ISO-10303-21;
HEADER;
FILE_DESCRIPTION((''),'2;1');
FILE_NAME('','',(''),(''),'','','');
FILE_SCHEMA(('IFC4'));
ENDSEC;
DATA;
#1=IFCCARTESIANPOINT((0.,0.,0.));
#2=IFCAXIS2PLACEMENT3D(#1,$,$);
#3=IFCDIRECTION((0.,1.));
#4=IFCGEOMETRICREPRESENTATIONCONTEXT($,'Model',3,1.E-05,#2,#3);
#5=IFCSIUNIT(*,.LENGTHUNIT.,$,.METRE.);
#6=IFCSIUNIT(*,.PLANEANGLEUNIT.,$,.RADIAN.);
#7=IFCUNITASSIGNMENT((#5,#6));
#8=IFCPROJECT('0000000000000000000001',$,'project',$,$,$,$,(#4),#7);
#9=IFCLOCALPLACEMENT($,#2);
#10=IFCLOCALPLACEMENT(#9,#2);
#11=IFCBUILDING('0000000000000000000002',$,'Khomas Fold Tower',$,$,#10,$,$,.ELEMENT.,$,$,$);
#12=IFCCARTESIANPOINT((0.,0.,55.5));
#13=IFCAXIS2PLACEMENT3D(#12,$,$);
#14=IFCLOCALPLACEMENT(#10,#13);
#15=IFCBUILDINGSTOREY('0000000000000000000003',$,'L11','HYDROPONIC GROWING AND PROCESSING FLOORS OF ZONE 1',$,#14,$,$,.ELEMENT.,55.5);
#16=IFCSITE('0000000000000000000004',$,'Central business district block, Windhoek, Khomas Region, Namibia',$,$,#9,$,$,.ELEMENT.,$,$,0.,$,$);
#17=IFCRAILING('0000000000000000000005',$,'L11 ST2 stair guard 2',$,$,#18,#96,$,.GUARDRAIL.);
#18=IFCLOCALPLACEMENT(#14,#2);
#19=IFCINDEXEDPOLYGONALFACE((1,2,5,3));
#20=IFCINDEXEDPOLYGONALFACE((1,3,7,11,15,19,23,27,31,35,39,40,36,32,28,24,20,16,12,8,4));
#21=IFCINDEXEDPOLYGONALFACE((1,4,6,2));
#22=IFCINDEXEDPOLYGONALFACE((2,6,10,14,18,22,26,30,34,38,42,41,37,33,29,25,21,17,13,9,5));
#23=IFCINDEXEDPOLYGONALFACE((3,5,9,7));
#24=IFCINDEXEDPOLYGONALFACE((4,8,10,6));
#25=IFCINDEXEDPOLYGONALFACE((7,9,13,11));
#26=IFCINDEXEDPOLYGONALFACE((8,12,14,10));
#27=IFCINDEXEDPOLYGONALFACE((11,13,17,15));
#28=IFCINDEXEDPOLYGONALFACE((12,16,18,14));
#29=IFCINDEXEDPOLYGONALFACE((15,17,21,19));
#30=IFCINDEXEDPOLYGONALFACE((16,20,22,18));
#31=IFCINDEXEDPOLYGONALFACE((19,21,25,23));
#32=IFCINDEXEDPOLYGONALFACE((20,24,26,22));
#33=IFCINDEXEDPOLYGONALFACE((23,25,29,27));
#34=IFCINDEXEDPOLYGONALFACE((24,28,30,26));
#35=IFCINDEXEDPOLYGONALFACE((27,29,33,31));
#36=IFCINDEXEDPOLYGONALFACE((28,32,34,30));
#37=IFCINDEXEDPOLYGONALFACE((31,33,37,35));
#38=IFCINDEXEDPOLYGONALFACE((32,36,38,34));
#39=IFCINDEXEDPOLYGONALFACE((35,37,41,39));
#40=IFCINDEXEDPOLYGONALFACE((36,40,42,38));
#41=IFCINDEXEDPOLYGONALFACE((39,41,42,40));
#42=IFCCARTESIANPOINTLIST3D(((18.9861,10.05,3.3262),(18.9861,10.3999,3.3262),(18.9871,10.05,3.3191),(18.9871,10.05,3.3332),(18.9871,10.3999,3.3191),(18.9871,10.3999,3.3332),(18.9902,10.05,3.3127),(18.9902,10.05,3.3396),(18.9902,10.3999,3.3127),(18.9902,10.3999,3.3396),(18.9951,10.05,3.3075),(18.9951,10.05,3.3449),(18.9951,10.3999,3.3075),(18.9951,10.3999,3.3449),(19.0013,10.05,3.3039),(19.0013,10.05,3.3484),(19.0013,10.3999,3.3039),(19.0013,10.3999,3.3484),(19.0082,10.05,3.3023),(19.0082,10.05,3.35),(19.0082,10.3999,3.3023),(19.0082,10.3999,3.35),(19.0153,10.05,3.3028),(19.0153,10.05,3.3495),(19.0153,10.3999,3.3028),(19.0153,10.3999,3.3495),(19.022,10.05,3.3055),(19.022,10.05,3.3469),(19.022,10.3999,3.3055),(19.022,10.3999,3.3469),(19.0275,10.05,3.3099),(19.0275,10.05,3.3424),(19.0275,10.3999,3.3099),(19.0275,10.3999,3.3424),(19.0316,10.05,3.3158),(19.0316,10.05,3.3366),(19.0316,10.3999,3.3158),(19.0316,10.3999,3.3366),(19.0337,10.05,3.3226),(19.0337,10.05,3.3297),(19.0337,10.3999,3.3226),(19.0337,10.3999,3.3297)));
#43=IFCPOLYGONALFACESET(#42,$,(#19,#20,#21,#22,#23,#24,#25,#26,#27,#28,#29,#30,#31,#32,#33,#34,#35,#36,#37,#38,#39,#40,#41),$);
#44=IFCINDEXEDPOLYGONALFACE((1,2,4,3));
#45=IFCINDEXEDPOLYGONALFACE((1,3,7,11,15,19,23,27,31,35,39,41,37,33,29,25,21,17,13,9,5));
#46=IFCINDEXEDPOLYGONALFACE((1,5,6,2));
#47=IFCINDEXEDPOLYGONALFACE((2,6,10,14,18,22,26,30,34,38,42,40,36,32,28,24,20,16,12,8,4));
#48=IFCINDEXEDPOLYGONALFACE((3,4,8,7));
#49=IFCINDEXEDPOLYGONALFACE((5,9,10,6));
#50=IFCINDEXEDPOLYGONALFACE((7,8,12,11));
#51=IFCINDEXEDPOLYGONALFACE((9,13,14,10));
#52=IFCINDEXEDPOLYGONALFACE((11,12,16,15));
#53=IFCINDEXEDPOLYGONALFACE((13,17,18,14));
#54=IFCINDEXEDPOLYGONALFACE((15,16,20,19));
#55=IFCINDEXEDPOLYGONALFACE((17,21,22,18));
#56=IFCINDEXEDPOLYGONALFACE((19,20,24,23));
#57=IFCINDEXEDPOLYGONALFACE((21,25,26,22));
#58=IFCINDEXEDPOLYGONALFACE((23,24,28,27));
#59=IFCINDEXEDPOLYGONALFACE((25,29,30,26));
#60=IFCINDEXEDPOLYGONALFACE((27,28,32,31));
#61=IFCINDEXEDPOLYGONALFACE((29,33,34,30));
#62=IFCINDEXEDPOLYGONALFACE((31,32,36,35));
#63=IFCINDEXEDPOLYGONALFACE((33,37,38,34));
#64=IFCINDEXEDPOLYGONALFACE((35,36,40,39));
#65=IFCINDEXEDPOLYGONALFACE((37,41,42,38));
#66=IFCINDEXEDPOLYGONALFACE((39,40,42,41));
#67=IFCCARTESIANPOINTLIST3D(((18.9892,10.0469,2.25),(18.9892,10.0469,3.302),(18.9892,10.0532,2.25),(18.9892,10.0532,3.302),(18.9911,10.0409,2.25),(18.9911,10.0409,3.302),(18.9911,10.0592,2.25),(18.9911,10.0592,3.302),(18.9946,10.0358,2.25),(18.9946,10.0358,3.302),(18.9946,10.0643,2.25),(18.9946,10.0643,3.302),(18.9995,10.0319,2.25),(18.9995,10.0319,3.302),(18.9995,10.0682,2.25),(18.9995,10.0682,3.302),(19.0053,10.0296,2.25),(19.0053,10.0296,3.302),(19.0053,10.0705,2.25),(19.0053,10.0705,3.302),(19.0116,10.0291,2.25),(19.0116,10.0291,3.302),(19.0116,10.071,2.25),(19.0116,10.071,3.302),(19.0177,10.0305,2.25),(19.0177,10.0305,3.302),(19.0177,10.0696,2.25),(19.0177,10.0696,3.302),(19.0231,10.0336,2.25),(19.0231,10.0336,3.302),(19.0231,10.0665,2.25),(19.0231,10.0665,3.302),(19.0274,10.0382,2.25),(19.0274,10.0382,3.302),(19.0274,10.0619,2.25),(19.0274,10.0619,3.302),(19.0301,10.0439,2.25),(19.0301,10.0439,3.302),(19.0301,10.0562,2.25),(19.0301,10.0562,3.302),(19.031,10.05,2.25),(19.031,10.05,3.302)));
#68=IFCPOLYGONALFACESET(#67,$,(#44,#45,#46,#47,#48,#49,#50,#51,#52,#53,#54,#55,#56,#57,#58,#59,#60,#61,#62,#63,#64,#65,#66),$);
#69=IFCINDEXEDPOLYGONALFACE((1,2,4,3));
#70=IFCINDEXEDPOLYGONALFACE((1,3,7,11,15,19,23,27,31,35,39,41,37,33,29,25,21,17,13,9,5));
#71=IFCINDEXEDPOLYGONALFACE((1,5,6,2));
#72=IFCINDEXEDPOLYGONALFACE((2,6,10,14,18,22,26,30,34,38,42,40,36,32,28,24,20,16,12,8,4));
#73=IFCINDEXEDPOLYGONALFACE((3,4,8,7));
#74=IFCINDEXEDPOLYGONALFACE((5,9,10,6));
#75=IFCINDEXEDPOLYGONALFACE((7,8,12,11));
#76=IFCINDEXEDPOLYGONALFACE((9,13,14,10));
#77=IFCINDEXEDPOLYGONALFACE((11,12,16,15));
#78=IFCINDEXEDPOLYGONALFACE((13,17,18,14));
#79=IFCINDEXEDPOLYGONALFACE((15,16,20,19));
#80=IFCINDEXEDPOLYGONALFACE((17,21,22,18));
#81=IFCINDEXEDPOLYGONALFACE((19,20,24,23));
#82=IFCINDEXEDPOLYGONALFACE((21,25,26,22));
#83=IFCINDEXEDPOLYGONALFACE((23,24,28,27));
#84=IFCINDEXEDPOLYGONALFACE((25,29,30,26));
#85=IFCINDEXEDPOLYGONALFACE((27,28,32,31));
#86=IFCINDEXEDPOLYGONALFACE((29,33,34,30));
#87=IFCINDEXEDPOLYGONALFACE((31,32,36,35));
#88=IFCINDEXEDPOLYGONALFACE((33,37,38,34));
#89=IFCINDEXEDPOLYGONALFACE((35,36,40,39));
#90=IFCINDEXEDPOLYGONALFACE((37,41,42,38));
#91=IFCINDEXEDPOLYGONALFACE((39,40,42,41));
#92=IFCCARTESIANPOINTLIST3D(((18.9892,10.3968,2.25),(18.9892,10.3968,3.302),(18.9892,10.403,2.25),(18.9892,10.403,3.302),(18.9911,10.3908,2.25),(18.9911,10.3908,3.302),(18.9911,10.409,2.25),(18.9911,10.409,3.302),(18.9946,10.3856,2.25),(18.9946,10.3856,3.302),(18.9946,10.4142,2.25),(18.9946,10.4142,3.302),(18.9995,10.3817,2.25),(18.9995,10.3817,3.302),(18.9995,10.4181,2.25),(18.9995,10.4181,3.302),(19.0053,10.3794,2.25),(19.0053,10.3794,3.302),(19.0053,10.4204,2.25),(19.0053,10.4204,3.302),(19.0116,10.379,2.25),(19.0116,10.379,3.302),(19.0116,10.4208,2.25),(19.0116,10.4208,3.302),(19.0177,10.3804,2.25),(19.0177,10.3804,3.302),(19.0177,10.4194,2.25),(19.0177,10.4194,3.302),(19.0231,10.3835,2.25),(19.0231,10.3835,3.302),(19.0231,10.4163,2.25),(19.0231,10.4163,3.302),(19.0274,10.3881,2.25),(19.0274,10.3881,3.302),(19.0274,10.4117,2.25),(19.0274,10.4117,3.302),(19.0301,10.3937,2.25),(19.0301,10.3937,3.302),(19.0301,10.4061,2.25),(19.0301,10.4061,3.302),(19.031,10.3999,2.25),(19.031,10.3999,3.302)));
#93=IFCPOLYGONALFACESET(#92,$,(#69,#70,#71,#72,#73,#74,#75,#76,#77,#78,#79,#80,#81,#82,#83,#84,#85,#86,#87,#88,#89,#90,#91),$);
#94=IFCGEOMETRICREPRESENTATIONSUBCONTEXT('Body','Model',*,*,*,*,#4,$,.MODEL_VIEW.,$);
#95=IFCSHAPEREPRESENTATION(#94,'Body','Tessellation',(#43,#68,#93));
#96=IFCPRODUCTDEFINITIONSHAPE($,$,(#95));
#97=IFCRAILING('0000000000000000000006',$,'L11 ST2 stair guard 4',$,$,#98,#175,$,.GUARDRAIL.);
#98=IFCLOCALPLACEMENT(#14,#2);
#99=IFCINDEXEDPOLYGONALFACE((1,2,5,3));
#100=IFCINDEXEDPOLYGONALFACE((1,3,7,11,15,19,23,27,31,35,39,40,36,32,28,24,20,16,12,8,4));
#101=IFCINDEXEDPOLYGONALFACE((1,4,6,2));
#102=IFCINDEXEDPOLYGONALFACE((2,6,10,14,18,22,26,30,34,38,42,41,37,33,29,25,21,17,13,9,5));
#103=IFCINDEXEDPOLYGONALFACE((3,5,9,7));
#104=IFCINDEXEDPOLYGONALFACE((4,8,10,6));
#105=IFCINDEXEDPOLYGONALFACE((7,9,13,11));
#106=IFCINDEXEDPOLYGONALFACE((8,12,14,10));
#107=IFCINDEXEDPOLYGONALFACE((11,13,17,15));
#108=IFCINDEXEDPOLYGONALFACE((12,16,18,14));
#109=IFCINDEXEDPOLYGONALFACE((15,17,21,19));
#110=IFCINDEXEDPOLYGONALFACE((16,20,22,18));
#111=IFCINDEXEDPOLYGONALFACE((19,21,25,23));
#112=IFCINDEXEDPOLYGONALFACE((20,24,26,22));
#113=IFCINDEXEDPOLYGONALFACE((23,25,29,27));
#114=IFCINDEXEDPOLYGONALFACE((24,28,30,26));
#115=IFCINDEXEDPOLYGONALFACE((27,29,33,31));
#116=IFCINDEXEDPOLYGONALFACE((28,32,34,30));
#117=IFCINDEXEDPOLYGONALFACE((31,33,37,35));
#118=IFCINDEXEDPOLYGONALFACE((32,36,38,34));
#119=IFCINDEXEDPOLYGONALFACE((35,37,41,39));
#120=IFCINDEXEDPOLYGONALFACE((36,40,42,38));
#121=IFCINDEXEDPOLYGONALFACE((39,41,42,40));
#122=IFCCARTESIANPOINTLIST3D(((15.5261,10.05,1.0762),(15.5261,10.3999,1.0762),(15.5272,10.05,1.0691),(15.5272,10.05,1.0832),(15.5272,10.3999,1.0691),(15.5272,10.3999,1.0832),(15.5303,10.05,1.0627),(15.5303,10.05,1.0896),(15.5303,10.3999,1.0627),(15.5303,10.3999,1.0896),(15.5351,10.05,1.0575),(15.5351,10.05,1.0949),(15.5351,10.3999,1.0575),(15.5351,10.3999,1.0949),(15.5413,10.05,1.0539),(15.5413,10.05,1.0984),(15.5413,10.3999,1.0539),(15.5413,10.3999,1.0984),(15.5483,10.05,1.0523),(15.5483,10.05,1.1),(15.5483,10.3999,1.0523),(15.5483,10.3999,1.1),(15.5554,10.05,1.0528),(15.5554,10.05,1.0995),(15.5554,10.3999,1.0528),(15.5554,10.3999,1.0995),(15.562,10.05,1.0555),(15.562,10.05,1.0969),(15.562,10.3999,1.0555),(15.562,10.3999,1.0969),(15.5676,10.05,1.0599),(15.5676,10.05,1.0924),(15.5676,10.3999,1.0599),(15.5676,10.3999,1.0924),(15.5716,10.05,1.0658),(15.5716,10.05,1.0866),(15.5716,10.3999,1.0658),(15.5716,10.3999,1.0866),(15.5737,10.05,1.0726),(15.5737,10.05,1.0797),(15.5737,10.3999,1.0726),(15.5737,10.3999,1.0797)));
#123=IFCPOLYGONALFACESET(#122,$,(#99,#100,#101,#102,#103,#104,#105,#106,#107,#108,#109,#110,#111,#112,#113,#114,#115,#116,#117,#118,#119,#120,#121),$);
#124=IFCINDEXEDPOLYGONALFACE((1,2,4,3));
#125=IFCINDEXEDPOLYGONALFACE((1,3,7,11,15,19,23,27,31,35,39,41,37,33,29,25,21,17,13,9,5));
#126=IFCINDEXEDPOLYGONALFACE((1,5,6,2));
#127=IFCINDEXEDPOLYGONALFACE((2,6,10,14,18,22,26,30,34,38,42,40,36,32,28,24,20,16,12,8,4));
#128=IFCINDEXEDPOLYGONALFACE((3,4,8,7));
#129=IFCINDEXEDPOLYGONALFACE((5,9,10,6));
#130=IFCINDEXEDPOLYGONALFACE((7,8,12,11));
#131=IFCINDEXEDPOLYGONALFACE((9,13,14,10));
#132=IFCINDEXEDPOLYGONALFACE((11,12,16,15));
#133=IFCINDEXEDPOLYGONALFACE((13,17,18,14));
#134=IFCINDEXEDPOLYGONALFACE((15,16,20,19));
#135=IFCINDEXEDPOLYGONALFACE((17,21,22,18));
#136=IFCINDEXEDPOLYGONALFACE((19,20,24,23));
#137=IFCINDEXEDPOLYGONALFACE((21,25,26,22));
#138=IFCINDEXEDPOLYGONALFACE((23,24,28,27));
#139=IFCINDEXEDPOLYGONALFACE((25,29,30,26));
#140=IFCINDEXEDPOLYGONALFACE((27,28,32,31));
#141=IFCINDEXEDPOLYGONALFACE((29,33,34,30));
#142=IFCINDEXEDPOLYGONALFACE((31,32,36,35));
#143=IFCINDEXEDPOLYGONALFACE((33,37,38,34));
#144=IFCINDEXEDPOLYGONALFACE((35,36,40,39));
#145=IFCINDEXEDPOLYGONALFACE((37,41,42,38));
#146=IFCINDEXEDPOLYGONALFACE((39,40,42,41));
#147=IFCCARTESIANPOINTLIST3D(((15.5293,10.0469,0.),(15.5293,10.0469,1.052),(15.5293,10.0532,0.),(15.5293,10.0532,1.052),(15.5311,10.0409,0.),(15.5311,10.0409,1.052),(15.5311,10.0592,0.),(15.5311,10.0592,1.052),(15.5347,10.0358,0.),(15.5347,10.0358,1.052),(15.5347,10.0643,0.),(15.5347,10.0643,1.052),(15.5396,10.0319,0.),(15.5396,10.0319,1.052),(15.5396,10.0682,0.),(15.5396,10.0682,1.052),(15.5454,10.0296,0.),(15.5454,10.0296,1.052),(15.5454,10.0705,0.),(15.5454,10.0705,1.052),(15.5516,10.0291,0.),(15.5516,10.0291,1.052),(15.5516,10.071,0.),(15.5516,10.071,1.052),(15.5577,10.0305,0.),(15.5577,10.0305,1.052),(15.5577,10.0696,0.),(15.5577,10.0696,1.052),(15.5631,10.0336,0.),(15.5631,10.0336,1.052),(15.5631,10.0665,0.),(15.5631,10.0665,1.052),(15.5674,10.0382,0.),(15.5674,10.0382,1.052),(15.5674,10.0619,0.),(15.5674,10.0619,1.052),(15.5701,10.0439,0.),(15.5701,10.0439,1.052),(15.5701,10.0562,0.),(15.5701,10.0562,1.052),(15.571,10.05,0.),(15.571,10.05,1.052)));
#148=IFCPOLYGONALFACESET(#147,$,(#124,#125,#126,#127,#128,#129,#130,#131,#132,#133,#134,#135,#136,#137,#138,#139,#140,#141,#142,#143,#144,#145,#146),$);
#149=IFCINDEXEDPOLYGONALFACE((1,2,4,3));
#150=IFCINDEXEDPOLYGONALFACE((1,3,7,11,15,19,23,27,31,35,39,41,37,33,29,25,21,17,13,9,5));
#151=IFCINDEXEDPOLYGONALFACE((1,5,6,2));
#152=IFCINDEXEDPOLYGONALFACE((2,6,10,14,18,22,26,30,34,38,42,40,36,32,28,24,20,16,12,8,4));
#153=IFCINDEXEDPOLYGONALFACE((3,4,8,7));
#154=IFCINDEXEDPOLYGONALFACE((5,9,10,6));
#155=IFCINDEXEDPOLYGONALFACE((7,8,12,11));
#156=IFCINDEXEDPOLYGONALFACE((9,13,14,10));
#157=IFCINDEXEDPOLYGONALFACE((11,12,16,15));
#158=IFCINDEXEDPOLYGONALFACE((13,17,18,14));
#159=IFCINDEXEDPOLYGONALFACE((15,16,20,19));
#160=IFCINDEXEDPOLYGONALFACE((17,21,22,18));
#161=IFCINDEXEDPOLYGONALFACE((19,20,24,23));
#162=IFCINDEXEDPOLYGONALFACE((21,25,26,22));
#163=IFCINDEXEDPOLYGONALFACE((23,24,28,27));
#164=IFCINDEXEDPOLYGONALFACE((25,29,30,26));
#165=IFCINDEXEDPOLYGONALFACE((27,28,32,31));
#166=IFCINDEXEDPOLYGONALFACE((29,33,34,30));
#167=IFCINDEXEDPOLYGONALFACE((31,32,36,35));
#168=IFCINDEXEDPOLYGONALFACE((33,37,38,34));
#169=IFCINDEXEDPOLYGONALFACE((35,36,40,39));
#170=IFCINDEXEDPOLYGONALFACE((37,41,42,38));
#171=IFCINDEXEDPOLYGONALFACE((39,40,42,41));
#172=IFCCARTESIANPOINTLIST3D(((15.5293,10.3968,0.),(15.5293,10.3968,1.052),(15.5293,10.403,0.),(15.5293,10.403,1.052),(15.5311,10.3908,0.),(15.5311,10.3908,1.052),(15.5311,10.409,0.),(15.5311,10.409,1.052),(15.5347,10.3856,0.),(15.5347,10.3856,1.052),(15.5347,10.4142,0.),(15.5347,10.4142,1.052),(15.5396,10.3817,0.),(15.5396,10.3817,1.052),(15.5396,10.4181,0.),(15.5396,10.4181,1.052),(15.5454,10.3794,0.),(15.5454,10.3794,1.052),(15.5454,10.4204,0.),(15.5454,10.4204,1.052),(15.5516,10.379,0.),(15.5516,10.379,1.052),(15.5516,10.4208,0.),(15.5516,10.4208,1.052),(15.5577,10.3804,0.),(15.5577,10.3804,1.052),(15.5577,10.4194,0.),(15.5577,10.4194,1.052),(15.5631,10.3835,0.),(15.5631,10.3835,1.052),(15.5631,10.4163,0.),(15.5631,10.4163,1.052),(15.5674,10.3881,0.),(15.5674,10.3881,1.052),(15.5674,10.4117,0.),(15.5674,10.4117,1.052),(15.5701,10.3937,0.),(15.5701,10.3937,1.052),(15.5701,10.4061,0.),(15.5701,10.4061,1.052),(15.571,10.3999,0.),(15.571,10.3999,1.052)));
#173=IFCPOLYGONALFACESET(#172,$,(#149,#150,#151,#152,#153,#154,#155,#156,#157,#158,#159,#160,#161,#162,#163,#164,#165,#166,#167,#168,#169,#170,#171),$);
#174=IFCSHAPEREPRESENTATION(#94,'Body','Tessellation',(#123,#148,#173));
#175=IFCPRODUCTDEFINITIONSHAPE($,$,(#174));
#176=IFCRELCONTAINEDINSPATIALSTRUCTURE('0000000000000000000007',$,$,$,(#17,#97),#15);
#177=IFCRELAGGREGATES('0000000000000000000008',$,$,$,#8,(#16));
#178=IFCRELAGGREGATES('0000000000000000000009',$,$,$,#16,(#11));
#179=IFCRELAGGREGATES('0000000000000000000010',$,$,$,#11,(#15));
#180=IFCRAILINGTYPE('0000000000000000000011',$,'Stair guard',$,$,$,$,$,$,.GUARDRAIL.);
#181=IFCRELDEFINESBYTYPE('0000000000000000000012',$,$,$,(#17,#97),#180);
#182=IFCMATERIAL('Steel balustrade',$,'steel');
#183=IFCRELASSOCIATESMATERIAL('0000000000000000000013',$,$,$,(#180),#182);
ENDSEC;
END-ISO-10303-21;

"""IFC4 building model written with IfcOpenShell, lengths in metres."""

from ifc_helpers import new_model, si_unit, direction, frame, origin, origin_2d, place, context, subcontext, project, spatial, circle, extrude, source, transform, mapped, material, type_object, element, save


model = new_model("IFC4")

# Units and contexts
model_context = context("Model", 3, precision=1e-05, world=origin(), true_north=direction((0.0, 1.0)))
body_context = subcontext(model_context, "Body", "Model", "MODEL_VIEW")
ifc_project = project(units=[si_unit("LENGTHUNIT", "METRE"), si_unit("PLANEANGLEUNIT", "RADIAN")], contexts=[model_context])

# Site, building, storey
site_placement = place(None, origin())
site = spatial("IfcSite", under=ifc_project, at=site_placement, Name="Central business district block, Windhoek, Khomas Region, Namibia", CompositionType="ELEMENT", RefElevation=0.0)
building_placement = place(site_placement, origin())
building = spatial("IfcBuilding", under=site, at=building_placement, Name="Khomas Fold Tower", CompositionType="ELEMENT")
storey_placement = place(building_placement, frame((0.0, 0.0, 55.5)))
storey = spatial("IfcBuildingStorey", under=building, at=storey_placement, Name="L11", Description="HYDROPONIC GROWING AND PROCESSING FLOORS OF ZONE 1", CompositionType="ELEMENT", Elevation=55.5)

# Railings
ifc_material_1 = material(Name="Steel balustrade", Category="steel")
railing_type_1 = type_object("IfcRailingType", Name="Stair guard", PredefinedType="GUARDRAIL", material=ifc_material_1)
shared_shape_1 = source(origin(), body_context, "Body", "SweptSolid", [
    extrude(circle(Radius=0.0239, at=origin_2d()), frame((0.0, 0.0, 1.0762), z_axis=(0.0, 1.0, 0.0), x_axis=(-1.0, 0.0, 0.0)), (0.0, 0.0, 1.0), 0.3499),
    extrude(circle(Radius=0.021, at=origin_2d()), origin(), (0.0, 0.0, 1.0), 1.052),
    extrude(circle(Radius=0.021, at=origin_2d()), frame((0.0, 0.3499, 0.0)), (0.0, 0.0, 1.0), 1.052),
])
for number, where, name in (
    (1, (19.01, 10.05, 2.25), "L11 ST2 stair guard 2"),
    (2, (15.55, 10.05, 0.0), "L11 ST2 stair guard 4"),
):
    element("IfcRailing", number, at=place(storey_placement, frame(where)), inside=storey, type_object=railing_type_1, Name=name, PredefinedType="GUARDRAIL", context=body_context, shape_type="MappedRepresentation", body=[
        mapped(shared_shape_1, transform((0.0, 0.0, 0.0))),
    ])

save(model, "model.ifc")
